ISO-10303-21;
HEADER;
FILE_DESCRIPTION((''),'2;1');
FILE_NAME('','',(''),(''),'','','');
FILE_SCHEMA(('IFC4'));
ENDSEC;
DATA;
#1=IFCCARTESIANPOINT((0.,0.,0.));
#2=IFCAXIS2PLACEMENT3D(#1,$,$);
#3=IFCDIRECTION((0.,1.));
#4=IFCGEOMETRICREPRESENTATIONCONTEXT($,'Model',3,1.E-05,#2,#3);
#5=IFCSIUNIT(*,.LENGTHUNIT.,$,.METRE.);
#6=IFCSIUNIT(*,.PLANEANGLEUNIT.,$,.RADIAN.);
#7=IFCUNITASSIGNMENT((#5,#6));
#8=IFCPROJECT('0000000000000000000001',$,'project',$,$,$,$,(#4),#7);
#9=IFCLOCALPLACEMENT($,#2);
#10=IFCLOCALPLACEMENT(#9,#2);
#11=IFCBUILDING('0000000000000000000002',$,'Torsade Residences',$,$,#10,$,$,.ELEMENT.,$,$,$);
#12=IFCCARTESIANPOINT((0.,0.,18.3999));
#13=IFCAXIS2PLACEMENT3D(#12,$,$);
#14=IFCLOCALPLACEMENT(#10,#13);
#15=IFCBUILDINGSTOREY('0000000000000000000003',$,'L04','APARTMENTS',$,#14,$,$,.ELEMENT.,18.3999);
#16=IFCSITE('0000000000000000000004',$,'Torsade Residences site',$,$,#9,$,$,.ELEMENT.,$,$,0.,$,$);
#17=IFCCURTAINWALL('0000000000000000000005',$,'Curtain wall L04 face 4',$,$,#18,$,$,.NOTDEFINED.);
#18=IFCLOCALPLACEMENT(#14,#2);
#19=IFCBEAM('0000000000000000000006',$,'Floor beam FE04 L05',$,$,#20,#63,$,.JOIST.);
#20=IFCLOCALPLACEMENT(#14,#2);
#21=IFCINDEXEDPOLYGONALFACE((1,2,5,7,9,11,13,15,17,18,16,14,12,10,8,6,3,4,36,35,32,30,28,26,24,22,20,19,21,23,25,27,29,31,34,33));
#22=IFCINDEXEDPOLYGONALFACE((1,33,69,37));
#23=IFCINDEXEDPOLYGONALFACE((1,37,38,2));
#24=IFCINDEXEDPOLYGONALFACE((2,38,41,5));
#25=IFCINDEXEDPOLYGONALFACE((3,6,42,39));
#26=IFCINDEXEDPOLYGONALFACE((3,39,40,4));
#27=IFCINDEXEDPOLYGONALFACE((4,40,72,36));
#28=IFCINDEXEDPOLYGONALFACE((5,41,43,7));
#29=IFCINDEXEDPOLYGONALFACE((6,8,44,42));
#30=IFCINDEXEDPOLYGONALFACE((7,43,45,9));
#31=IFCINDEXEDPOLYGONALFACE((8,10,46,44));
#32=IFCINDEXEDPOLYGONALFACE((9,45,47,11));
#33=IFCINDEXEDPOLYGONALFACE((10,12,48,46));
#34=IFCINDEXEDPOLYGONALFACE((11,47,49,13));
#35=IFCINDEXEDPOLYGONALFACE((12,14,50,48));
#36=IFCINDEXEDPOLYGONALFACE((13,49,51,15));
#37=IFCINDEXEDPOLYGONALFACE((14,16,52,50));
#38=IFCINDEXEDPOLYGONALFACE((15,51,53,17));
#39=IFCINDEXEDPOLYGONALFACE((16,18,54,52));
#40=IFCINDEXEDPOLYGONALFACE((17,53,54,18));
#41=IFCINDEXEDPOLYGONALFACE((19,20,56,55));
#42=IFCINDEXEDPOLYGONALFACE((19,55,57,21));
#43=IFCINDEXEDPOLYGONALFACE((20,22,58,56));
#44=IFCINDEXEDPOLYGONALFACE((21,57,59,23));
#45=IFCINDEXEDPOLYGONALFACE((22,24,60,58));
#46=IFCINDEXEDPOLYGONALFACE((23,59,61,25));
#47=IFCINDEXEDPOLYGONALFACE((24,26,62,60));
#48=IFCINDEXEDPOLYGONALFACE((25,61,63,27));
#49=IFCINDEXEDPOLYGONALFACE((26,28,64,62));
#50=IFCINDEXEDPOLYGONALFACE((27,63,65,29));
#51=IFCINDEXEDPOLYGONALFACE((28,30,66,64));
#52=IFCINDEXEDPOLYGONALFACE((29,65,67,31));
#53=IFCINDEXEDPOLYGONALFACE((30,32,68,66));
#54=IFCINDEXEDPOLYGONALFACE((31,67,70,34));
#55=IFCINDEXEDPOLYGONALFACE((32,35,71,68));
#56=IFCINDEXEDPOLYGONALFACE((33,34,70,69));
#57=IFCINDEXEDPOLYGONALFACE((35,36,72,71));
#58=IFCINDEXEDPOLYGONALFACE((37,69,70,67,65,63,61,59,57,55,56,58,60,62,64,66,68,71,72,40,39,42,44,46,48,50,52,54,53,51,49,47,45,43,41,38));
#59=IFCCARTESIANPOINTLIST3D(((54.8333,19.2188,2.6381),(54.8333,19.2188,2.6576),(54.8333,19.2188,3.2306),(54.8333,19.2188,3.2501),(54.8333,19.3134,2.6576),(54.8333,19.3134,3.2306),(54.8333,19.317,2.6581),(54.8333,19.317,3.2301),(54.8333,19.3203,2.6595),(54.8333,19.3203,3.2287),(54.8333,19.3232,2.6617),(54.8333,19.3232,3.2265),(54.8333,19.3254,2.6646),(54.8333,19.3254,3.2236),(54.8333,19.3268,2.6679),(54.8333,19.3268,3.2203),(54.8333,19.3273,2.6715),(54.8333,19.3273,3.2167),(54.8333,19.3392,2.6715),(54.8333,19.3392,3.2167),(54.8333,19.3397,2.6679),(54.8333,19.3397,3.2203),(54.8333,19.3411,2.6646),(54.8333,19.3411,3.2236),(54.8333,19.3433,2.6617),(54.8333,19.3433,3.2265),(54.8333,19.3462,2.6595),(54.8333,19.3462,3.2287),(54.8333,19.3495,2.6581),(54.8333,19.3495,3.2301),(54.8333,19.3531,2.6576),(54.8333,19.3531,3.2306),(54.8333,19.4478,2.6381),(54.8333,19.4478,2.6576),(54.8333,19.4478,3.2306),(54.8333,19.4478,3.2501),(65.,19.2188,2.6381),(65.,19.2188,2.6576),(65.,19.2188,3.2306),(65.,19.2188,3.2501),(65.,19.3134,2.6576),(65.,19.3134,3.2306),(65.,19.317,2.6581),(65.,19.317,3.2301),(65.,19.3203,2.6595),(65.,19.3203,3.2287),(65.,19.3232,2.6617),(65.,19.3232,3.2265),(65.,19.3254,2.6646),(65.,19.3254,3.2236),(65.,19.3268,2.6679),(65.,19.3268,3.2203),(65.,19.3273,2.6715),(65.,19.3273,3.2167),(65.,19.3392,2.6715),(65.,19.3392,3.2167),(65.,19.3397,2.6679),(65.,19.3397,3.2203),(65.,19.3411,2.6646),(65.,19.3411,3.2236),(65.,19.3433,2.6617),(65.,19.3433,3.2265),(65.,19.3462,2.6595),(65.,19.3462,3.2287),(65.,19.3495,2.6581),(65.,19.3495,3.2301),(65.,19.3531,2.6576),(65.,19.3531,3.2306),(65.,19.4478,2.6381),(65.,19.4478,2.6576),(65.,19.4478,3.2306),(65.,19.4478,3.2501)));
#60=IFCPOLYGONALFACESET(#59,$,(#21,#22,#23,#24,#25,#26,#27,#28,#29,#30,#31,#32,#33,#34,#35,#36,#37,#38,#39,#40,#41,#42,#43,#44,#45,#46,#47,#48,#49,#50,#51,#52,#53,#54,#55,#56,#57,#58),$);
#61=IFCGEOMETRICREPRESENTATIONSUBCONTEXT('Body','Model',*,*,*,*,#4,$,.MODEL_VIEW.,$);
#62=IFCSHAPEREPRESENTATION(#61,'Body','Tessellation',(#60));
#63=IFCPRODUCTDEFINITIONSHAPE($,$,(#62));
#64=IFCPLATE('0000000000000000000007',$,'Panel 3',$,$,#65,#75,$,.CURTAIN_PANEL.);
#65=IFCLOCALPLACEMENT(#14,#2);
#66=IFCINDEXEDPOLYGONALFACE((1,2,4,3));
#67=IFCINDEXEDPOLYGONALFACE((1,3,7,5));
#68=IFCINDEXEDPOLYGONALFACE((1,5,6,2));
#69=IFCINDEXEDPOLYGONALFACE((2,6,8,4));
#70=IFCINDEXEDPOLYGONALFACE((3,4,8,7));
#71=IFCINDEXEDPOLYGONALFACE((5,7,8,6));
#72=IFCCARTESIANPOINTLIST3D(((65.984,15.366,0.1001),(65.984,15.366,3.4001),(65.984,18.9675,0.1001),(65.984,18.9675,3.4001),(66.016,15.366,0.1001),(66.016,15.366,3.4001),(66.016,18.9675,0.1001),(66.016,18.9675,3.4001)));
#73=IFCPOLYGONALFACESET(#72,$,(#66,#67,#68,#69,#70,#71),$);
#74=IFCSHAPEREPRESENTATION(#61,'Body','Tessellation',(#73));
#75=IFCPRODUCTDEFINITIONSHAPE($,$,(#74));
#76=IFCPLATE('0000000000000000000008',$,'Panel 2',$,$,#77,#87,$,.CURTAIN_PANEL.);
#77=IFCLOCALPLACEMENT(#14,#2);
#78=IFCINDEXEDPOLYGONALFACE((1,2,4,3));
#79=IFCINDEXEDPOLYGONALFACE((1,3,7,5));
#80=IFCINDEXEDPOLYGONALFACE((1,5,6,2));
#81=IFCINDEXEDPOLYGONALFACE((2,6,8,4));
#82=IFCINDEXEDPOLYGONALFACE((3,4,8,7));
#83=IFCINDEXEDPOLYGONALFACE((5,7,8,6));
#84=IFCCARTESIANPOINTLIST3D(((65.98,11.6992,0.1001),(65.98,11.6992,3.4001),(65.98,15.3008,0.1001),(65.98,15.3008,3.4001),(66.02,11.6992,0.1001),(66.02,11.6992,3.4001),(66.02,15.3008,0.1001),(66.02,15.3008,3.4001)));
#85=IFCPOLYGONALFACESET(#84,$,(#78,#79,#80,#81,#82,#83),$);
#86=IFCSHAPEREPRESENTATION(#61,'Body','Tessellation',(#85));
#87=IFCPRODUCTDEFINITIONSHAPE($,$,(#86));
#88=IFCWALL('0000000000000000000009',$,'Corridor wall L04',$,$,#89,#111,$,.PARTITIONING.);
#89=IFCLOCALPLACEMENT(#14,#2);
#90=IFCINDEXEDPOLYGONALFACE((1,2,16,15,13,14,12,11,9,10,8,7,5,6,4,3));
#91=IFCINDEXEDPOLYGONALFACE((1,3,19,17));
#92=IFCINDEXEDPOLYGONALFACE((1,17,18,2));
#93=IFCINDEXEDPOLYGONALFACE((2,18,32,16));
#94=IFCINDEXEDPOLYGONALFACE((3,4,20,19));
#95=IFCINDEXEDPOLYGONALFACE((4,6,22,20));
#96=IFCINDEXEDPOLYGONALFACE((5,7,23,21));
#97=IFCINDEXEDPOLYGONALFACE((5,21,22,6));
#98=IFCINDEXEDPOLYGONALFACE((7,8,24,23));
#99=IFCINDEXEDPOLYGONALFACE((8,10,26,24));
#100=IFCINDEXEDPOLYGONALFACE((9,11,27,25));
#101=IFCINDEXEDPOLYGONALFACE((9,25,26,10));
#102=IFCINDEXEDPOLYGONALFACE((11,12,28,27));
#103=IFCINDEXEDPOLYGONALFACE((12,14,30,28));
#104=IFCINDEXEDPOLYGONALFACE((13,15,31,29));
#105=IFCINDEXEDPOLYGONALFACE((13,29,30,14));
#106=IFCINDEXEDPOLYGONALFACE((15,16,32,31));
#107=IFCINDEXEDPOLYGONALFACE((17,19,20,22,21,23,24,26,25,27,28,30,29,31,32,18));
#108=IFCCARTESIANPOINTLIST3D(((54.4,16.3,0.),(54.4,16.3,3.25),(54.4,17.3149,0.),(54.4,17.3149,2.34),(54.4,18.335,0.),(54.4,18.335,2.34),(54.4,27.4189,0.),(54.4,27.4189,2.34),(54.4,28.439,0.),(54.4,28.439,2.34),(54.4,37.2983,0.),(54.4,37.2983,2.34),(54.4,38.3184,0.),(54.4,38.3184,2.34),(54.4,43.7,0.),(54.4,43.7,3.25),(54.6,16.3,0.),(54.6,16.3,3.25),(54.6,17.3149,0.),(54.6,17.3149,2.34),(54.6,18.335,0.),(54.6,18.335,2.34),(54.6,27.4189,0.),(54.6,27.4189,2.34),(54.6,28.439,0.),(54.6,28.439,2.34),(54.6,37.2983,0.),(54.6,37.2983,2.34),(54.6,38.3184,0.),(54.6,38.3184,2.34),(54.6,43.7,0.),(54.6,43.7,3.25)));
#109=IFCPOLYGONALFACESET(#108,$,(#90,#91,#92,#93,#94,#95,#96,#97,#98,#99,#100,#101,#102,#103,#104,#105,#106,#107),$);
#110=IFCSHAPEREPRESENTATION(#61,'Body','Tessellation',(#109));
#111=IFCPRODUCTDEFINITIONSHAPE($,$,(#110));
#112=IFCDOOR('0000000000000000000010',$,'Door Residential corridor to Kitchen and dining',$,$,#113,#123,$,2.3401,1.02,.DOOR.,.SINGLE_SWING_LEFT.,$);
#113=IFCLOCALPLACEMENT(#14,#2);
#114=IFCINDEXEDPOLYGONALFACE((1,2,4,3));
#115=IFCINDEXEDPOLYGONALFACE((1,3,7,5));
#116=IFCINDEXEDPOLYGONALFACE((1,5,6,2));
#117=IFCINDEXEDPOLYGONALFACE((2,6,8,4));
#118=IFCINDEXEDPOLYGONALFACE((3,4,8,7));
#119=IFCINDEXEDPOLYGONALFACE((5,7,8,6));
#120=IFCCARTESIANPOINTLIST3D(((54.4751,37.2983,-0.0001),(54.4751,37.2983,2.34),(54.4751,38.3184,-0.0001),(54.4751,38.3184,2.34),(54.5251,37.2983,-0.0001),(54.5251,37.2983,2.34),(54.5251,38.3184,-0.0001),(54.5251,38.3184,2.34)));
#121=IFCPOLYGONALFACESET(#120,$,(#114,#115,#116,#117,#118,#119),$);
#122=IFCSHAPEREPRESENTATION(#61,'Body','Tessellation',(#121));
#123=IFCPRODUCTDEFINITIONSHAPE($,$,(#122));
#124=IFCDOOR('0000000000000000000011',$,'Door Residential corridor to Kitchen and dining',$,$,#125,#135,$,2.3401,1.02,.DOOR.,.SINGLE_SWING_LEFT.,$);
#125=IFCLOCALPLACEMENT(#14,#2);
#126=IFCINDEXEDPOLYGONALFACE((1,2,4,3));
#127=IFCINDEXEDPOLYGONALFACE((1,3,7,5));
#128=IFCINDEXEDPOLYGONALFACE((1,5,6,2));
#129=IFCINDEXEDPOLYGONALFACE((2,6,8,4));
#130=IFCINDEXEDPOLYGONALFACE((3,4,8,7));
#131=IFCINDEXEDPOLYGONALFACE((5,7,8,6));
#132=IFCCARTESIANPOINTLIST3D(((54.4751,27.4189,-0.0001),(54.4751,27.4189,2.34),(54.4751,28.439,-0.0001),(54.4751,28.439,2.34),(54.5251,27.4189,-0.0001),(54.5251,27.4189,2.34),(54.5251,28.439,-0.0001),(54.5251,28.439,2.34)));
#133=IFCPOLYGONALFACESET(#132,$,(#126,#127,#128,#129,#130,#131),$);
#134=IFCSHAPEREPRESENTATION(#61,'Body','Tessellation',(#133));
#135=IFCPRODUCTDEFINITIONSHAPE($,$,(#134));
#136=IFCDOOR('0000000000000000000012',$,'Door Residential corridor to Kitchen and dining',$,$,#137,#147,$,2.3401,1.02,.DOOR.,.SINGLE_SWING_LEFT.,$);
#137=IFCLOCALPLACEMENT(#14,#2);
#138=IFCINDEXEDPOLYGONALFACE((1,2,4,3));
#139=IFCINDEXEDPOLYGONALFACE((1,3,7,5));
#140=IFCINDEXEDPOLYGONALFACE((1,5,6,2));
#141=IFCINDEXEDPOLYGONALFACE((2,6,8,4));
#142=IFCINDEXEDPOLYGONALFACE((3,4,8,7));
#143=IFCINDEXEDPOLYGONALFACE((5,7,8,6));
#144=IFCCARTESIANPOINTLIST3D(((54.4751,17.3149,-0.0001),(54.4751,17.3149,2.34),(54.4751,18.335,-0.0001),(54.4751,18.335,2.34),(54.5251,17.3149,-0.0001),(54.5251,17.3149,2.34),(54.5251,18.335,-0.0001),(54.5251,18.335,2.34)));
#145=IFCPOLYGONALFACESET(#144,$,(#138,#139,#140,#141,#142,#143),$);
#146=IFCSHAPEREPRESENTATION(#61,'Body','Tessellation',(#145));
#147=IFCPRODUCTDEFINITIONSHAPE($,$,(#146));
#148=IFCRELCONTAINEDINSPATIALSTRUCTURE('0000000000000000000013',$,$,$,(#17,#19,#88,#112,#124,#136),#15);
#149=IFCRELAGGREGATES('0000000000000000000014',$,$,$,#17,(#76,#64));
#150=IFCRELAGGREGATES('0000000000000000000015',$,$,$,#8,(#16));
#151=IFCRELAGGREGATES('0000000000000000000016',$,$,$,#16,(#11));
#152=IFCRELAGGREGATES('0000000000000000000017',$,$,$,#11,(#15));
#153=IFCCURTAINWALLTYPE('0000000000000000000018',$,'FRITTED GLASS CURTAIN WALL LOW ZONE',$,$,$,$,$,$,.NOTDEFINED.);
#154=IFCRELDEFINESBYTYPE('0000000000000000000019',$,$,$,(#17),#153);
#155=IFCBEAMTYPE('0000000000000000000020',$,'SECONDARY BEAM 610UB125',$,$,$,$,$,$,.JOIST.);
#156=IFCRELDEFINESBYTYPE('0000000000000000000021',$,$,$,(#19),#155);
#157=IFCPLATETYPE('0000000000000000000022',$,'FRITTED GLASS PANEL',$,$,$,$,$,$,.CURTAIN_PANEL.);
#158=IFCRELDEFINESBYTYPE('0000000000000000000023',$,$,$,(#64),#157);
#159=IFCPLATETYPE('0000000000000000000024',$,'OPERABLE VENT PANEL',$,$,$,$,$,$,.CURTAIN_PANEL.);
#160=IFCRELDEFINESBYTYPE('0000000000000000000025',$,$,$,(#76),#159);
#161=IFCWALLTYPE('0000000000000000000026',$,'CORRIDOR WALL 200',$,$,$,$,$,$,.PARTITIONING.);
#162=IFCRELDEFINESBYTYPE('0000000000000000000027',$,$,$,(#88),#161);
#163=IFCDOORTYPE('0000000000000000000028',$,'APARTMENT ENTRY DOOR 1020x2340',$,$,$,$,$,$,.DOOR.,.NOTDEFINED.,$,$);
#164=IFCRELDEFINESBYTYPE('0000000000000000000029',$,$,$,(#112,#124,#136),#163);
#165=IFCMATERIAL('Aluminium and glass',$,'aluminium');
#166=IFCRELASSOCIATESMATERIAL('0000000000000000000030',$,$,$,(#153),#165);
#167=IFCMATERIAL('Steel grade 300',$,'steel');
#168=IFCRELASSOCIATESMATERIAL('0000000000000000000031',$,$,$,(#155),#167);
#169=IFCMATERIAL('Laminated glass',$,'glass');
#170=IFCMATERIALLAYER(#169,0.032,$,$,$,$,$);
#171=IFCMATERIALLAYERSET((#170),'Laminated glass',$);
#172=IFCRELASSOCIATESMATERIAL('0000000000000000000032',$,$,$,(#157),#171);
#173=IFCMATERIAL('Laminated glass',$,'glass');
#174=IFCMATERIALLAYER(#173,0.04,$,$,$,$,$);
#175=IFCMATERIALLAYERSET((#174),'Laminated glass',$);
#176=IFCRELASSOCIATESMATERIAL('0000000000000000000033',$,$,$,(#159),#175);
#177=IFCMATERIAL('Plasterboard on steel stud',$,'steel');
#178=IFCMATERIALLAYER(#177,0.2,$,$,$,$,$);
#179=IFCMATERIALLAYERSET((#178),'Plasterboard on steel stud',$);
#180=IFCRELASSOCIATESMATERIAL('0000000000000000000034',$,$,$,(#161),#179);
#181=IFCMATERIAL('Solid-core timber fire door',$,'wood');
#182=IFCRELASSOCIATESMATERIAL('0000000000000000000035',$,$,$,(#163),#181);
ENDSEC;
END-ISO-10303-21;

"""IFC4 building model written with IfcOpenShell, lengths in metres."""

from ifc_helpers import new_model, si_unit, direction, frame, frame_2d, origin, origin_2d, place, context, subcontext, project, spatial, rectangle, i_section, extrude, material, layer, layer_set, material_profile, profile_set, type_object, element, fill, aggregate, save


model = new_model("IFC4")

# Units and contexts
model_context = context("Model", 3, precision=1e-05, world=origin(), true_north=direction((0.0, 1.0)))
body_context = subcontext(model_context, "Body", "Model", "MODEL_VIEW")
ifc_project = project(units=[si_unit("LENGTHUNIT", "METRE"), si_unit("PLANEANGLEUNIT", "RADIAN")], contexts=[model_context])

# Site, building, storey
site_placement = place(None, origin())
site = spatial("IfcSite", under=ifc_project, at=site_placement, Name="Torsade Residences site", CompositionType="ELEMENT", RefElevation=0.0)
building_placement = place(site_placement, origin())
building = spatial("IfcBuilding", under=site, at=building_placement, Name="Torsade Residences", CompositionType="ELEMENT")
storey_placement = place(building_placement, frame((0.0, 0.0, 18.3999)))
storey = spatial("IfcBuildingStorey", under=building, at=storey_placement, Name="L04", Description="APARTMENTS", CompositionType="ELEMENT", Elevation=18.3999)

# Curtain wall
ifc_material_1 = material(Name="Aluminium and glass", Category="aluminium")
curtain_wall_type = type_object("IfcCurtainWallType", Name="FRITTED GLASS CURTAIN WALL LOW ZONE", PredefinedType="NOTDEFINED", material=ifc_material_1)
curtain_wall_placement = place(storey_placement, origin())
curtain_wall = element("IfcCurtainWall", 1, at=curtain_wall_placement, inside=storey, type_object=curtain_wall_type, Name="Curtain wall L04 face 4", PredefinedType="NOTDEFINED")

# Beam
ifc_material_2 = material(Name="Steel grade 300", Category="steel")
ifc_material_profile_1 = material_profile(ifc_material_2, i_section(OverallWidth=0.229, OverallDepth=0.6121, WebThickness=0.012, FlangeThickness=0.0195, FilletRadius=0.0139, at=origin_2d()), Name="610UB125")
ifc_profile_set_1 = profile_set([ifc_material_profile_1], Name="Steel grade 300")
beam_type_1 = type_object("IfcBeamType", Name="SECONDARY BEAM 610UB125", PredefinedType="JOIST", material=ifc_profile_set_1)
beam_1_placement = place(storey_placement, frame((65.0, 19.3333, 2.9441), z_axis=(-1.0, 0.0, 0.0), x_axis=(0.0, -1.0, 0.0)))
element("IfcBeam", 2, at=beam_1_placement, inside=storey, type_object=beam_type_1, Name="Floor beam FE04 L05", PredefinedType="JOIST", context=body_context, shape_type="SweptSolid", body=[
    extrude(i_section(OverallWidth=0.229, OverallDepth=0.6121, WebThickness=0.012, FlangeThickness=0.0195, FilletRadius=0.0139, at=origin_2d()), origin(), (0.0, 0.0, 1.0), 10.1667),
])

# Plates
ifc_material_3 = material(Name="Laminated glass", Category="glass")
ifc_layer_1 = layer(ifc_material_3, 0.032)
ifc_layer_set_1 = layer_set([ifc_layer_1], Name="Laminated glass")
plate_type_1 = type_object("IfcPlateType", Name="FRITTED GLASS PANEL", PredefinedType="CURTAIN_PANEL", material=ifc_layer_set_1)
plate_1_placement = place(storey_placement, frame((66.0, 17.1667, 0.1001), z_axis=(0.0, 0.0, 1.0), x_axis=(0.0, 1.0, 0.0)))
plate_1 = element("IfcPlate", 3, at=plate_1_placement, type_object=plate_type_1, Name="Panel 3", PredefinedType="CURTAIN_PANEL", context=body_context, shape_type="SweptSolid", body=[
    extrude(rectangle(XDim=3.6016, YDim=0.032, at=origin_2d()), origin(), (0.0, 0.0, 1.0), 3.3),
])
ifc_material_4 = material(Name="Laminated glass", Category="glass")
ifc_layer_2 = layer(ifc_material_4, 0.04)
ifc_layer_set_2 = layer_set([ifc_layer_2], Name="Laminated glass")
plate_type_2 = type_object("IfcPlateType", Name="OPERABLE VENT PANEL", PredefinedType="CURTAIN_PANEL", material=ifc_layer_set_2)
plate_2_placement = place(storey_placement, frame((66.0, 13.5, 0.1001), z_axis=(0.0, 0.0, 1.0), x_axis=(0.0, 1.0, 0.0)))
plate_2 = element("IfcPlate", 4, at=plate_2_placement, type_object=plate_type_2, Name="Panel 2", PredefinedType="CURTAIN_PANEL", context=body_context, shape_type="SweptSolid", body=[
    extrude(rectangle(XDim=3.6016, YDim=0.04, at=origin_2d()), origin(), (0.0, 0.0, 1.0), 3.3),
])
aggregate(curtain_wall, [plate_2, plate_1])

# Wall, openings, doors
ifc_material_5 = material(Name="Plasterboard on steel stud", Category="steel")
ifc_layer_3 = layer(ifc_material_5, 0.2)
ifc_layer_set_3 = layer_set([ifc_layer_3], Name="Plasterboard on steel stud")
wall_type_1 = type_object("IfcWallType", Name="CORRIDOR WALL 200", PredefinedType="PARTITIONING", material=ifc_layer_set_3)
wall_1_placement = place(storey_placement, frame((54.5, 16.3, 0.0), z_axis=(0.0, 0.0, 1.0), x_axis=(0.0, 1.0, 0.0)))
wall_1 = element("IfcWall", 5, at=wall_1_placement, inside=storey, type_object=wall_type_1, Name="Corridor wall L04", PredefinedType="PARTITIONING", context=body_context, shape_type="SweptSolid", body=[
    extrude(rectangle(XDim=27.3999, YDim=0.2, at=frame_2d((13.7, 0.0))), origin(), (0.0, 0.0, 1.0), 3.25),
])
opening_1_placement = place(wall_1_placement, frame((20.9983, 0.0, 0.0)))
opening_1 = element("IfcOpeningElement", 6, at=opening_1_placement, cuts=wall_1, PredefinedType="OPENING", context=body_context, shape_type="SweptSolid", body=[
    extrude(rectangle(XDim=1.02, YDim=2.3401, at=frame_2d((0.51, 1.1699))), frame((0.0, 0.1099, 0.0), z_axis=(0.0, -1.0, 0.0), x_axis=(1.0, 0.0, 0.0)), (0.0, 0.0, 1.0), 0.22),
])
opening_2_placement = place(wall_1_placement, frame((11.1189, 0.0, 0.0)))
opening_2 = element("IfcOpeningElement", 7, at=opening_2_placement, cuts=wall_1, PredefinedType="OPENING", context=body_context, shape_type="SweptSolid", body=[
    extrude(rectangle(XDim=1.02, YDim=2.3401, at=frame_2d((0.51, 1.1699))), frame((0.0, 0.1099, 0.0), z_axis=(0.0, -1.0, 0.0), x_axis=(1.0, 0.0, 0.0)), (0.0, 0.0, 1.0), 0.22),
])
opening_3_placement = place(wall_1_placement, frame((1.0149, 0.0, 0.0)))
opening_3 = element("IfcOpeningElement", 8, at=opening_3_placement, cuts=wall_1, PredefinedType="OPENING", context=body_context, shape_type="SweptSolid", body=[
    extrude(rectangle(XDim=1.02, YDim=2.3401, at=frame_2d((0.51, 1.1699))), frame((0.0, 0.1099, 0.0), z_axis=(0.0, -1.0, 0.0), x_axis=(1.0, 0.0, 0.0)), (0.0, 0.0, 1.0), 0.22),
])
ifc_material_6 = material(Name="Solid-core timber fire door", Category="wood")
door_type_1 = type_object("IfcDoorType", Name="APARTMENT ENTRY DOOR 1020x2340", OperationType="NOTDEFINED", PredefinedType="DOOR", material=ifc_material_6)
door_1_placement = place(opening_1_placement, origin())
door_1 = element("IfcDoor", 9, at=door_1_placement, inside=storey, type_object=door_type_1, Name="Door Residential corridor to Kitchen and dining", OperationType="SINGLE_SWING_LEFT", OverallHeight=2.3401, OverallWidth=1.02, PredefinedType="DOOR", context=body_context, shape_type="SweptSolid", body=[
    extrude(rectangle(XDim=1.02, YDim=2.3401, at=frame_2d((0.51, 1.1699))), frame((0.0, 0.0249, 0.0), z_axis=(0.0, -1.0, 0.0), x_axis=(1.0, 0.0, 0.0)), (0.0, 0.0, 1.0), 0.05),
])
fill(opening_1, door_1)
door_2_placement = place(opening_2_placement, origin())
door_2 = element("IfcDoor", 10, at=door_2_placement, inside=storey, type_object=door_type_1, Name="Door Residential corridor to Kitchen and dining", OperationType="SINGLE_SWING_LEFT", OverallHeight=2.3401, OverallWidth=1.02, PredefinedType="DOOR", context=body_context, shape_type="SweptSolid", body=[
    extrude(rectangle(XDim=1.02, YDim=2.3401, at=frame_2d((0.51, 1.1699))), frame((0.0, 0.0249, 0.0), z_axis=(0.0, -1.0, 0.0), x_axis=(1.0, 0.0, 0.0)), (0.0, 0.0, 1.0), 0.05),
])
fill(opening_2, door_2)
door_3_placement = place(opening_3_placement, origin())
door_3 = element("IfcDoor", 11, at=door_3_placement, inside=storey, type_object=door_type_1, Name="Door Residential corridor to Kitchen and dining", OperationType="SINGLE_SWING_LEFT", OverallHeight=2.3401, OverallWidth=1.02, PredefinedType="DOOR", context=body_context, shape_type="SweptSolid", body=[
    extrude(rectangle(XDim=1.02, YDim=2.3401, at=frame_2d((0.51, 1.1699))), frame((0.0, 0.0249, 0.0), z_axis=(0.0, -1.0, 0.0), x_axis=(1.0, 0.0, 0.0)), (0.0, 0.0, 1.0), 0.05),
])
fill(opening_3, door_3)

save(model, "model.ifc")
